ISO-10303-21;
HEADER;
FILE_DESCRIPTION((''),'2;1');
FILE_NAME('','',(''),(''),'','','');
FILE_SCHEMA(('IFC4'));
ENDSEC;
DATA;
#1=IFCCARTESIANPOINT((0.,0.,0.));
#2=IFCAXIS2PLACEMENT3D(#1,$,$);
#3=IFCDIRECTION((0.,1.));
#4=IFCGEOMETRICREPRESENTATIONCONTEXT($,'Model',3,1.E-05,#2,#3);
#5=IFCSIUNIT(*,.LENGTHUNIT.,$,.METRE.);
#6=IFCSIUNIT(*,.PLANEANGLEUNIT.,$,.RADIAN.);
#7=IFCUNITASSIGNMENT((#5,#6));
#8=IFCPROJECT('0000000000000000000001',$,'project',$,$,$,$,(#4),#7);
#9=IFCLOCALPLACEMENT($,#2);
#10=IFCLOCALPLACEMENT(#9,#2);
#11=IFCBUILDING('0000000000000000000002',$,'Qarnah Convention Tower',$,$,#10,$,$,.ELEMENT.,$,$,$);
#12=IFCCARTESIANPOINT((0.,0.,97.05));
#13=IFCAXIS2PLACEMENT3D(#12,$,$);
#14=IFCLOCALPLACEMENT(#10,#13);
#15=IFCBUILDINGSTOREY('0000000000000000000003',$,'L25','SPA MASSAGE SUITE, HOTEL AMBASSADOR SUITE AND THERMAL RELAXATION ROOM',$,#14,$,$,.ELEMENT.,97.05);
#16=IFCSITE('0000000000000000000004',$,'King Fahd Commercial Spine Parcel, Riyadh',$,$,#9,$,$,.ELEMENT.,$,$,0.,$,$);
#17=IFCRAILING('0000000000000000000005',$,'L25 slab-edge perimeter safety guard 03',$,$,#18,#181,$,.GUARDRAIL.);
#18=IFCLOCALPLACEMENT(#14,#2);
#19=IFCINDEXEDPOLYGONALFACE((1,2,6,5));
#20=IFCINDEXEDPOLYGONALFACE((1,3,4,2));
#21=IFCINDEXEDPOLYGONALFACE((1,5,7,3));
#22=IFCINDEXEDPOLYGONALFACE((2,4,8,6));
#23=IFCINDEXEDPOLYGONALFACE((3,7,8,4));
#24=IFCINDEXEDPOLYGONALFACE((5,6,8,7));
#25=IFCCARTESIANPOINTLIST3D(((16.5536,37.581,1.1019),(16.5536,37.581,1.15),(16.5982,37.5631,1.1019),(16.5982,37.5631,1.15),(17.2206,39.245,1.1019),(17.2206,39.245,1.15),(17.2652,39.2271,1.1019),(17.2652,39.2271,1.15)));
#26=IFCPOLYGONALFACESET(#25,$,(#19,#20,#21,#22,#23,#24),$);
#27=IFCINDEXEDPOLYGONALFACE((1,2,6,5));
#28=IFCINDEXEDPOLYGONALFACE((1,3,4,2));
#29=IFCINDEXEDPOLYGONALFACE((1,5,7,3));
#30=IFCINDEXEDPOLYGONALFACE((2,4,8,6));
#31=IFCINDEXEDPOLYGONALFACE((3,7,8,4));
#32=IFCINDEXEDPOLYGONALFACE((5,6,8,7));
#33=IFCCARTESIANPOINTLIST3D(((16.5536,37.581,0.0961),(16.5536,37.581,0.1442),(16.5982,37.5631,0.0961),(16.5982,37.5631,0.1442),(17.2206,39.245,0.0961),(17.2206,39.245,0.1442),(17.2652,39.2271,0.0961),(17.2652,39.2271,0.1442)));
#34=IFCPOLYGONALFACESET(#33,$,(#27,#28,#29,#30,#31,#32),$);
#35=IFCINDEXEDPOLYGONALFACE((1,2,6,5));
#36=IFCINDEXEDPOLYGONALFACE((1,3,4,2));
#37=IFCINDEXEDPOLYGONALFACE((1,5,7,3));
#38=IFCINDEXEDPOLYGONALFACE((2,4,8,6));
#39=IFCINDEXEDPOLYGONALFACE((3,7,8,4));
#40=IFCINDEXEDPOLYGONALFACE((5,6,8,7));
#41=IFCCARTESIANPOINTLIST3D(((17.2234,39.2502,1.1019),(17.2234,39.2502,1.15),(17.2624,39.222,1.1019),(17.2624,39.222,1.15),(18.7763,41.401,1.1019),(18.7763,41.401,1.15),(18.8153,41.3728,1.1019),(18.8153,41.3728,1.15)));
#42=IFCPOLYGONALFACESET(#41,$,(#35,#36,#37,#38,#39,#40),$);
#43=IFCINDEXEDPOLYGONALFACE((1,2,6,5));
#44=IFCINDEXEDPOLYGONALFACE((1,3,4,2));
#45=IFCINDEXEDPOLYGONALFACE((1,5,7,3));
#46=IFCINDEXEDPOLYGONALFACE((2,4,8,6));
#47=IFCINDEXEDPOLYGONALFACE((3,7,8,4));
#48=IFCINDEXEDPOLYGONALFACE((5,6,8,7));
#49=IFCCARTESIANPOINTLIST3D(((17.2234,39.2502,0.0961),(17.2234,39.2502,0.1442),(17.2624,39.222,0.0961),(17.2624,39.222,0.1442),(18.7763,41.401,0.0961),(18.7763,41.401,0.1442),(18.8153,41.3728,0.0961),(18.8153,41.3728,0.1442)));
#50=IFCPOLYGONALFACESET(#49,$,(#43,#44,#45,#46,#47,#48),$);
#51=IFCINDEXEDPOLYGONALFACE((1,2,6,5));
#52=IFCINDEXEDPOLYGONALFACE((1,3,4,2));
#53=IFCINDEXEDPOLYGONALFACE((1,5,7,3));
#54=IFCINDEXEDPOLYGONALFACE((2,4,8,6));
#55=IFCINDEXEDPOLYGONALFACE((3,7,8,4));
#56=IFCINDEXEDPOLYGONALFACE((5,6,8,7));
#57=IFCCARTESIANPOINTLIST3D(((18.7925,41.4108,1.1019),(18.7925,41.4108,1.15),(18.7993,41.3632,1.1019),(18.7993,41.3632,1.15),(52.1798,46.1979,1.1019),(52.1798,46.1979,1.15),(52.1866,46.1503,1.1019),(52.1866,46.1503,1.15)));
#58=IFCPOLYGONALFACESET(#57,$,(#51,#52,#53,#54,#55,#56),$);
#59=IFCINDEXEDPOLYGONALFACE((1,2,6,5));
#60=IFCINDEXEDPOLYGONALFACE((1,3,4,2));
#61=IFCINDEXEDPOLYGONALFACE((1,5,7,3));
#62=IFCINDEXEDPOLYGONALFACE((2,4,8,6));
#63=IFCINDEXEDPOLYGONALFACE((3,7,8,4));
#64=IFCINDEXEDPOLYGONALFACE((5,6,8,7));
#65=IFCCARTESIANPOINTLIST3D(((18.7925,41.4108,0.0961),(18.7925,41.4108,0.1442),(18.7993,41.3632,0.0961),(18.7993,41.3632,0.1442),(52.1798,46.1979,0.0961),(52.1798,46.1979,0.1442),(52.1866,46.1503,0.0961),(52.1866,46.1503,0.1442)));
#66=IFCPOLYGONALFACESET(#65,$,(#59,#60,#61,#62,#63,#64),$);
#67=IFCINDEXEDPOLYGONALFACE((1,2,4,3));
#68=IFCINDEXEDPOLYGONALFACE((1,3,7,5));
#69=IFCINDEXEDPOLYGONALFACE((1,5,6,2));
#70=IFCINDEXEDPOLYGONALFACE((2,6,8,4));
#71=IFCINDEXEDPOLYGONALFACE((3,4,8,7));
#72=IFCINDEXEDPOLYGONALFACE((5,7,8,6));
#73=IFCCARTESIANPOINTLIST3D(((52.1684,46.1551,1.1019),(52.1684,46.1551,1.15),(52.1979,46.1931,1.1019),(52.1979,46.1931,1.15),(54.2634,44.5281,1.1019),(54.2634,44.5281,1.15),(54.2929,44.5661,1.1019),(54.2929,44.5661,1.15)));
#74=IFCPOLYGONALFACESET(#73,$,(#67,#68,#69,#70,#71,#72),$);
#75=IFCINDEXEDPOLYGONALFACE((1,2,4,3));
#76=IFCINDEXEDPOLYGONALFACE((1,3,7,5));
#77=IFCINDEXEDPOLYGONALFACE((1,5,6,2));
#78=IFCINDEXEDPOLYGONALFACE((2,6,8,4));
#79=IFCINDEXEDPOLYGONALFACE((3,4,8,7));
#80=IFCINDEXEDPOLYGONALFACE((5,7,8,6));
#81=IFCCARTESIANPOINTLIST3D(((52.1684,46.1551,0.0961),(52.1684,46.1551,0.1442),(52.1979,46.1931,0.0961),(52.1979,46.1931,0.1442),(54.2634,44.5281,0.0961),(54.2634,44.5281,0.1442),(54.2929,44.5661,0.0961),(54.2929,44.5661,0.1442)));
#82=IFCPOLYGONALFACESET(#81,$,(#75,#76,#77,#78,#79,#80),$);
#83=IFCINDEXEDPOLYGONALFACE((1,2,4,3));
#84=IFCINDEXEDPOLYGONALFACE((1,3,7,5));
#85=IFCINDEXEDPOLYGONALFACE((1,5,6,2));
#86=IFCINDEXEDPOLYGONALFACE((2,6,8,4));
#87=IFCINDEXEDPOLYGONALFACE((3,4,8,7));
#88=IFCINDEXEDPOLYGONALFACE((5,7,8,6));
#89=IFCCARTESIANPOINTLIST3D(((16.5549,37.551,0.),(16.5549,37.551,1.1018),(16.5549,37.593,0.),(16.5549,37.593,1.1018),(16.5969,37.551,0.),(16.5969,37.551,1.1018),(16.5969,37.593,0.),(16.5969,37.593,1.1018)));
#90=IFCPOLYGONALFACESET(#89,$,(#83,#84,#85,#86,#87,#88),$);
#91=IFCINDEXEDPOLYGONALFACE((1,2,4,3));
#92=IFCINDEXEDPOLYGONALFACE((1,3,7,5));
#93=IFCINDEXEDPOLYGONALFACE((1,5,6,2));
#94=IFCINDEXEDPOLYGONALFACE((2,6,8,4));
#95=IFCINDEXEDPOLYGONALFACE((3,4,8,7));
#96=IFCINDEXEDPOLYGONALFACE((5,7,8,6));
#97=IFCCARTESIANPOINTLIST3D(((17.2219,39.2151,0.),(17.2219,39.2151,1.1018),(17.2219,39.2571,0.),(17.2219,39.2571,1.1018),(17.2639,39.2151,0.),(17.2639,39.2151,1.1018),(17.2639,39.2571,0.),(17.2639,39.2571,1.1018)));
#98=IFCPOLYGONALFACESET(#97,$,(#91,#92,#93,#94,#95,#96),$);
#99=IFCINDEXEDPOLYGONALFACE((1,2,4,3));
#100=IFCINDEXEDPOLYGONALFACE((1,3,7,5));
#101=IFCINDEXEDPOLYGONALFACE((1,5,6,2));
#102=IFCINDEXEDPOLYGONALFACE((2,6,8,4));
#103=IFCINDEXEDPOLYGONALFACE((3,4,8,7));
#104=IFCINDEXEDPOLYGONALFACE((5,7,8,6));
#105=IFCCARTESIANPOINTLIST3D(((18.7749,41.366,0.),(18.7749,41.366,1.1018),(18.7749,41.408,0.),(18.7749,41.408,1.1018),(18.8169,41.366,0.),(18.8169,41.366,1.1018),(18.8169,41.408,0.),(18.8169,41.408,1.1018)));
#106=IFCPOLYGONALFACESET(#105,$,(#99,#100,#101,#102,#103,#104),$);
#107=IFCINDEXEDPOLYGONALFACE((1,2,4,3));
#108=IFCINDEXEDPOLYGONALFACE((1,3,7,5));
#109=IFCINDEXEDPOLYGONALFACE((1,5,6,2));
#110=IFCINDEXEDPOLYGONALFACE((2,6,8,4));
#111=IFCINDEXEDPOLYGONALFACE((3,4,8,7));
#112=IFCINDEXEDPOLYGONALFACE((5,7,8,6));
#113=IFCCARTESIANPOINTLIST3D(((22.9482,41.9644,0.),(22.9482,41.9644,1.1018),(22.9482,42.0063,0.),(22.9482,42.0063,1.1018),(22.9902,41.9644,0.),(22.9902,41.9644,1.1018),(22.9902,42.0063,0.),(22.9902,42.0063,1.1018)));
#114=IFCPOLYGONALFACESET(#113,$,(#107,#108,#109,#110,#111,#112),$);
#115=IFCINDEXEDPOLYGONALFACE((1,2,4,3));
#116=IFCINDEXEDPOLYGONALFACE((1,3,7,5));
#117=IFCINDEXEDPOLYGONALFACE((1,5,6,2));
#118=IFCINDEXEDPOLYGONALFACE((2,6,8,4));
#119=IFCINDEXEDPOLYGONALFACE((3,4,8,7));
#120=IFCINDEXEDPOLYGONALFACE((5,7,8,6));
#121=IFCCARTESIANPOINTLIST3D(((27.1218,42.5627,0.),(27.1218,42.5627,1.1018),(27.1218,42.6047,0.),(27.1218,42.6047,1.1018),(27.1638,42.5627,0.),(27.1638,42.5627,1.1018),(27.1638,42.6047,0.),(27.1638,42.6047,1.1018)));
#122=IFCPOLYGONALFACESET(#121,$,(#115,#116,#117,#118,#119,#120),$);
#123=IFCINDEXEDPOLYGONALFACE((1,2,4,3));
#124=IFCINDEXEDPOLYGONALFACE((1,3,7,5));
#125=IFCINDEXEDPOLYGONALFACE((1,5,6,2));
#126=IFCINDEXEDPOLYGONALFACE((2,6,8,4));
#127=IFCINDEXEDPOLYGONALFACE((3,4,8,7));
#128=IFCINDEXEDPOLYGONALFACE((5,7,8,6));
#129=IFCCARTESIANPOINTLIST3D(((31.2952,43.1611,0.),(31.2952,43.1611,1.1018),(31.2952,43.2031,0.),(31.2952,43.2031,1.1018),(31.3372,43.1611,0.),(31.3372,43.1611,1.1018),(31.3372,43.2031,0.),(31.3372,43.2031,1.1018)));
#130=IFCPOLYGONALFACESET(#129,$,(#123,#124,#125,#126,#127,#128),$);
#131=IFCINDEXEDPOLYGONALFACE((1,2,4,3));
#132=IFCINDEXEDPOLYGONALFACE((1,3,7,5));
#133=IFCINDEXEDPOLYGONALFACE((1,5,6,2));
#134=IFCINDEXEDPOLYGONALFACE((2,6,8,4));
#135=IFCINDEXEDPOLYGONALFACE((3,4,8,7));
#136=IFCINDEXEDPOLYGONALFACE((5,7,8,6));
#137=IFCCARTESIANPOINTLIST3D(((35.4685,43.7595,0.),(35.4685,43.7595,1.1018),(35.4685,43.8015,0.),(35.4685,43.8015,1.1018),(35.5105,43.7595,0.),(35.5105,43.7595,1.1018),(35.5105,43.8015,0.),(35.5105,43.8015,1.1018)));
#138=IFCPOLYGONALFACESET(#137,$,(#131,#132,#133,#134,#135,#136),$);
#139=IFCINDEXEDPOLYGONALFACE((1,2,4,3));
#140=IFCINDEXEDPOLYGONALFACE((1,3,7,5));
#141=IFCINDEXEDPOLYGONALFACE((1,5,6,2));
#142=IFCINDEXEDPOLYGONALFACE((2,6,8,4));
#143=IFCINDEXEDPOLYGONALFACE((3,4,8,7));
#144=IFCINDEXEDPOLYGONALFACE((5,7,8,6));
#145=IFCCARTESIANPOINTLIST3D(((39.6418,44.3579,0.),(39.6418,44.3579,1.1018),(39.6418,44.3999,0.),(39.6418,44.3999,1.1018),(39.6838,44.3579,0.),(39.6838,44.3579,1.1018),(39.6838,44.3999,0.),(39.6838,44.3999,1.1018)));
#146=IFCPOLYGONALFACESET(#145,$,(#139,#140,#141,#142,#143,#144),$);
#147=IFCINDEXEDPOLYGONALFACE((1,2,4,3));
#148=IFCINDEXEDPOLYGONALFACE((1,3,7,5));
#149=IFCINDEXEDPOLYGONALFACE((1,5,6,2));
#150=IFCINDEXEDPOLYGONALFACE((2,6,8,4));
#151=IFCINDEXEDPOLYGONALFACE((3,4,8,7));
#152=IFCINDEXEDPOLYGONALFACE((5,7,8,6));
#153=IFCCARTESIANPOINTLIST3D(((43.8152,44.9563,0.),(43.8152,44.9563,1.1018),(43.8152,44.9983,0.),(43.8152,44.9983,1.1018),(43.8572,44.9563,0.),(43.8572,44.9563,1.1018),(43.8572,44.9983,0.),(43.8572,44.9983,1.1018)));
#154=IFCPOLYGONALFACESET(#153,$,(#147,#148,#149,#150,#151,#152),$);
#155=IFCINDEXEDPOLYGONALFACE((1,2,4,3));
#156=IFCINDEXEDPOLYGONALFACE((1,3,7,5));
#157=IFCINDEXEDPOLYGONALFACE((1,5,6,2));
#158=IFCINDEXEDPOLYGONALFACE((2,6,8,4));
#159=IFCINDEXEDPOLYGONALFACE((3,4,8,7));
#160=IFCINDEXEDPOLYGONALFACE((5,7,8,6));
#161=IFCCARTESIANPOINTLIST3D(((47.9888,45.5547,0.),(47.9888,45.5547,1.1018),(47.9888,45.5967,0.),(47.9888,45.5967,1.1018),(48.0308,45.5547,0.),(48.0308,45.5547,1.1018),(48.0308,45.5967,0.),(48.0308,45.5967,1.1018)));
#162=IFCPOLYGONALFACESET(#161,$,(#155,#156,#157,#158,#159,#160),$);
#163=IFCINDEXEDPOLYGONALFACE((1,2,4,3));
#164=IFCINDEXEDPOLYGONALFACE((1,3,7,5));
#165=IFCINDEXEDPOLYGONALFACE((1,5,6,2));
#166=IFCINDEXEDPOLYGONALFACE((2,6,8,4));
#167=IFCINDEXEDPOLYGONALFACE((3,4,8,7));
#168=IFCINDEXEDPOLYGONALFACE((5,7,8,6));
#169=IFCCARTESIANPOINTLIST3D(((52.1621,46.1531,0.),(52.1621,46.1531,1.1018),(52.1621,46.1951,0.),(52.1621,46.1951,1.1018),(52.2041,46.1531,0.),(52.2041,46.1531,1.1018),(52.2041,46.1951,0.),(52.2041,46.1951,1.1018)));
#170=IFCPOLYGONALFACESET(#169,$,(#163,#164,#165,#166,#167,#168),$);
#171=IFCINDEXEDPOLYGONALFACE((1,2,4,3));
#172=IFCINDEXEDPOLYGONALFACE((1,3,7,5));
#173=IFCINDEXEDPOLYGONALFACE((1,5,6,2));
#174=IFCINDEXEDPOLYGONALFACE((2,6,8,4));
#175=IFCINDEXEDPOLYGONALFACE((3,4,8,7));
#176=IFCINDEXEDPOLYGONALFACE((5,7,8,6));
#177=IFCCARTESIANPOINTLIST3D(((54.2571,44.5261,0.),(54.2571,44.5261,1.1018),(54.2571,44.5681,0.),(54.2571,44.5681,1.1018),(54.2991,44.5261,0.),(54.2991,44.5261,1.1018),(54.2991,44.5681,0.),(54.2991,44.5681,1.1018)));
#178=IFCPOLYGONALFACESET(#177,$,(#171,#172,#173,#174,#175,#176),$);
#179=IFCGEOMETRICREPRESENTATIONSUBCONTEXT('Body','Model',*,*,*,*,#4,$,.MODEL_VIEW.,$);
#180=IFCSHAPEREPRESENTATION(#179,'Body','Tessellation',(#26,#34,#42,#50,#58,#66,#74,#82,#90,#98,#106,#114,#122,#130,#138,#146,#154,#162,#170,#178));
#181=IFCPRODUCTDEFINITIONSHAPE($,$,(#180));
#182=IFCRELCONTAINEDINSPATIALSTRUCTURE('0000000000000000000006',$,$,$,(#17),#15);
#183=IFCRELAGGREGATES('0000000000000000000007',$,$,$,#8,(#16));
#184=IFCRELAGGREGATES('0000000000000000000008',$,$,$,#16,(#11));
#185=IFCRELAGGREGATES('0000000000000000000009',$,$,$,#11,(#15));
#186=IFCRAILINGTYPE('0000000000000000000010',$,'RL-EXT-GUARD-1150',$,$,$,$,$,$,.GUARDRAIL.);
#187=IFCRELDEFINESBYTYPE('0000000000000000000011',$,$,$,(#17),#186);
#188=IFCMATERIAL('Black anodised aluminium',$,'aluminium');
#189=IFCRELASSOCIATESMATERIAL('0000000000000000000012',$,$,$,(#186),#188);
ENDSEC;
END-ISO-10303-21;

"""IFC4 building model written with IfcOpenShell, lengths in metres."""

from ifc_helpers import new_model, si_unit, direction, frame, origin, origin_2d, place, context, subcontext, project, spatial, rectangle, extrude, material, type_object, element, save


model = new_model("IFC4")

# Units and contexts
model_context = context("Model", 3, precision=1e-05, world=origin(), true_north=direction((0.0, 1.0)))
body_context = subcontext(model_context, "Body", "Model", "MODEL_VIEW")
ifc_project = project(units=[si_unit("LENGTHUNIT", "METRE"), si_unit("PLANEANGLEUNIT", "RADIAN")], contexts=[model_context])

# Site, building, storey
site_placement = place(None, origin())
site = spatial("IfcSite", under=ifc_project, at=site_placement, Name="King Fahd Commercial Spine Parcel, Riyadh", CompositionType="ELEMENT", RefElevation=0.0)
building_placement = place(site_placement, origin())
building = spatial("IfcBuilding", under=site, at=building_placement, Name="Qarnah Convention Tower", CompositionType="ELEMENT")
storey_placement = place(building_placement, frame((0.0, 0.0, 97.05)))
storey = spatial("IfcBuildingStorey", under=building, at=storey_placement, Name="L25", Description="SPA MASSAGE SUITE, HOTEL AMBASSADOR SUITE AND THERMAL RELAXATION ROOM", CompositionType="ELEMENT", Elevation=97.05)

# Shared definitions
ifc_material_1 = material(Name="Black anodised aluminium", Category="aluminium")

# Railing
railing_type = type_object("IfcRailingType", Name="RL-EXT-GUARD-1150", PredefinedType="GUARDRAIL", material=ifc_material_1)
railing_1_placement = place(storey_placement, frame((16.5759, 37.572, 0.0)))
element("IfcRailing", 1, at=railing_1_placement, inside=storey, type_object=railing_type, Name="L25 slab-edge perimeter safety guard 03", PredefinedType="GUARDRAIL", context=body_context, shape_type="SweptSolid", body=[
    extrude(rectangle(XDim=0.0481, YDim=0.0481, at=origin_2d()), frame((0.0, 0.0, 1.126), z_axis=(0.372048, 0.928213, 0.0), x_axis=(-0.928213, 0.372048, 0.0)), (0.0, 0.0, 1.0), 1.7927),
    extrude(rectangle(XDim=0.0481, YDim=0.0481, at=origin_2d()), frame((0.0, 0.0, 0.1201), z_axis=(0.372048, 0.928213, 0.0), x_axis=(-0.928213, 0.372048, 0.0)), (0.0, 0.0, 1.0), 1.7927),
    extrude(rectangle(XDim=0.0481, YDim=0.0481, at=origin_2d()), frame((0.667, 1.6641, 1.126), z_axis=(0.585383, 0.810757, 0.0), x_axis=(-0.810757, 0.585383, 0.0)), (0.0, 0.0, 1.0), 2.6528),
    extrude(rectangle(XDim=0.0481, YDim=0.0481, at=origin_2d()), frame((0.667, 1.6641, 0.1201), z_axis=(0.585383, 0.810757, 0.0), x_axis=(-0.810757, 0.585383, 0.0)), (0.0, 0.0, 1.0), 2.6528),
    extrude(rectangle(XDim=0.0481, YDim=0.0481, at=origin_2d()), frame((2.22, 3.8149, 1.126), z_axis=(0.989877, 0.14193, 0.0), x_axis=(-0.14193, 0.989877, 0.0)), (0.0, 0.0, 1.0), 33.7288),
    extrude(rectangle(XDim=0.0481, YDim=0.0481, at=origin_2d()), frame((2.22, 3.8149, 0.1201), z_axis=(0.989877, 0.14193, 0.0), x_axis=(-0.14193, 0.989877, 0.0)), (0.0, 0.0, 1.0), 33.7288),
    extrude(rectangle(XDim=0.0481, YDim=0.0481, at=origin_2d()), frame((35.6072, 8.6021, 1.126), z_axis=(0.789803, -0.613361, 0.0), x_axis=(0.613361, 0.789803, 0.0)), (0.0, 0.0, 1.0), 2.6526),
    extrude(rectangle(XDim=0.0481, YDim=0.0481, at=origin_2d()), frame((35.6072, 8.6021, 0.1201), z_axis=(0.789803, -0.613361, 0.0), x_axis=(0.613361, 0.789803, 0.0)), (0.0, 0.0, 1.0), 2.6526),
    extrude(rectangle(XDim=0.042, YDim=0.042, at=origin_2d()), origin(), (0.0, 0.0, 1.0), 1.1018),
    extrude(rectangle(XDim=0.042, YDim=0.042, at=origin_2d()), frame((0.667, 1.6641, 0.0)), (0.0, 0.0, 1.0), 1.1018),
    extrude(rectangle(XDim=0.042, YDim=0.042, at=origin_2d()), frame((2.22, 3.8149, 0.0)), (0.0, 0.0, 1.0), 1.1018),
    extrude(rectangle(XDim=0.042, YDim=0.042, at=origin_2d()), frame((6.3933, 4.4133, 0.0)), (0.0, 0.0, 1.0), 1.1018),
    extrude(rectangle(XDim=0.042, YDim=0.042, at=origin_2d()), frame((10.5669, 5.0117, 0.0)), (0.0, 0.0, 1.0), 1.1018),
    extrude(rectangle(XDim=0.042, YDim=0.042, at=origin_2d()), frame((14.7402, 5.6101, 0.0)), (0.0, 0.0, 1.0), 1.1018),
    extrude(rectangle(XDim=0.042, YDim=0.042, at=origin_2d()), frame((18.9136, 6.2085, 0.0)), (0.0, 0.0, 1.0), 1.1018),
    extrude(rectangle(XDim=0.042, YDim=0.042, at=origin_2d()), frame((23.0869, 6.8069, 0.0)), (0.0, 0.0, 1.0), 1.1018),
    extrude(rectangle(XDim=0.042, YDim=0.042, at=origin_2d()), frame((27.2603, 7.4053, 0.0)), (0.0, 0.0, 1.0), 1.1018),
    extrude(rectangle(XDim=0.042, YDim=0.042, at=origin_2d()), frame((31.4338, 8.0037, 0.0)), (0.0, 0.0, 1.0), 1.1018),
    extrude(rectangle(XDim=0.042, YDim=0.042, at=origin_2d()), frame((35.6072, 8.6021, 0.0)), (0.0, 0.0, 1.0), 1.1018),
    extrude(rectangle(XDim=0.042, YDim=0.042, at=origin_2d()), frame((37.7021, 6.9751, 0.0)), (0.0, 0.0, 1.0), 1.1018),
])

save(model, "model.ifc")
